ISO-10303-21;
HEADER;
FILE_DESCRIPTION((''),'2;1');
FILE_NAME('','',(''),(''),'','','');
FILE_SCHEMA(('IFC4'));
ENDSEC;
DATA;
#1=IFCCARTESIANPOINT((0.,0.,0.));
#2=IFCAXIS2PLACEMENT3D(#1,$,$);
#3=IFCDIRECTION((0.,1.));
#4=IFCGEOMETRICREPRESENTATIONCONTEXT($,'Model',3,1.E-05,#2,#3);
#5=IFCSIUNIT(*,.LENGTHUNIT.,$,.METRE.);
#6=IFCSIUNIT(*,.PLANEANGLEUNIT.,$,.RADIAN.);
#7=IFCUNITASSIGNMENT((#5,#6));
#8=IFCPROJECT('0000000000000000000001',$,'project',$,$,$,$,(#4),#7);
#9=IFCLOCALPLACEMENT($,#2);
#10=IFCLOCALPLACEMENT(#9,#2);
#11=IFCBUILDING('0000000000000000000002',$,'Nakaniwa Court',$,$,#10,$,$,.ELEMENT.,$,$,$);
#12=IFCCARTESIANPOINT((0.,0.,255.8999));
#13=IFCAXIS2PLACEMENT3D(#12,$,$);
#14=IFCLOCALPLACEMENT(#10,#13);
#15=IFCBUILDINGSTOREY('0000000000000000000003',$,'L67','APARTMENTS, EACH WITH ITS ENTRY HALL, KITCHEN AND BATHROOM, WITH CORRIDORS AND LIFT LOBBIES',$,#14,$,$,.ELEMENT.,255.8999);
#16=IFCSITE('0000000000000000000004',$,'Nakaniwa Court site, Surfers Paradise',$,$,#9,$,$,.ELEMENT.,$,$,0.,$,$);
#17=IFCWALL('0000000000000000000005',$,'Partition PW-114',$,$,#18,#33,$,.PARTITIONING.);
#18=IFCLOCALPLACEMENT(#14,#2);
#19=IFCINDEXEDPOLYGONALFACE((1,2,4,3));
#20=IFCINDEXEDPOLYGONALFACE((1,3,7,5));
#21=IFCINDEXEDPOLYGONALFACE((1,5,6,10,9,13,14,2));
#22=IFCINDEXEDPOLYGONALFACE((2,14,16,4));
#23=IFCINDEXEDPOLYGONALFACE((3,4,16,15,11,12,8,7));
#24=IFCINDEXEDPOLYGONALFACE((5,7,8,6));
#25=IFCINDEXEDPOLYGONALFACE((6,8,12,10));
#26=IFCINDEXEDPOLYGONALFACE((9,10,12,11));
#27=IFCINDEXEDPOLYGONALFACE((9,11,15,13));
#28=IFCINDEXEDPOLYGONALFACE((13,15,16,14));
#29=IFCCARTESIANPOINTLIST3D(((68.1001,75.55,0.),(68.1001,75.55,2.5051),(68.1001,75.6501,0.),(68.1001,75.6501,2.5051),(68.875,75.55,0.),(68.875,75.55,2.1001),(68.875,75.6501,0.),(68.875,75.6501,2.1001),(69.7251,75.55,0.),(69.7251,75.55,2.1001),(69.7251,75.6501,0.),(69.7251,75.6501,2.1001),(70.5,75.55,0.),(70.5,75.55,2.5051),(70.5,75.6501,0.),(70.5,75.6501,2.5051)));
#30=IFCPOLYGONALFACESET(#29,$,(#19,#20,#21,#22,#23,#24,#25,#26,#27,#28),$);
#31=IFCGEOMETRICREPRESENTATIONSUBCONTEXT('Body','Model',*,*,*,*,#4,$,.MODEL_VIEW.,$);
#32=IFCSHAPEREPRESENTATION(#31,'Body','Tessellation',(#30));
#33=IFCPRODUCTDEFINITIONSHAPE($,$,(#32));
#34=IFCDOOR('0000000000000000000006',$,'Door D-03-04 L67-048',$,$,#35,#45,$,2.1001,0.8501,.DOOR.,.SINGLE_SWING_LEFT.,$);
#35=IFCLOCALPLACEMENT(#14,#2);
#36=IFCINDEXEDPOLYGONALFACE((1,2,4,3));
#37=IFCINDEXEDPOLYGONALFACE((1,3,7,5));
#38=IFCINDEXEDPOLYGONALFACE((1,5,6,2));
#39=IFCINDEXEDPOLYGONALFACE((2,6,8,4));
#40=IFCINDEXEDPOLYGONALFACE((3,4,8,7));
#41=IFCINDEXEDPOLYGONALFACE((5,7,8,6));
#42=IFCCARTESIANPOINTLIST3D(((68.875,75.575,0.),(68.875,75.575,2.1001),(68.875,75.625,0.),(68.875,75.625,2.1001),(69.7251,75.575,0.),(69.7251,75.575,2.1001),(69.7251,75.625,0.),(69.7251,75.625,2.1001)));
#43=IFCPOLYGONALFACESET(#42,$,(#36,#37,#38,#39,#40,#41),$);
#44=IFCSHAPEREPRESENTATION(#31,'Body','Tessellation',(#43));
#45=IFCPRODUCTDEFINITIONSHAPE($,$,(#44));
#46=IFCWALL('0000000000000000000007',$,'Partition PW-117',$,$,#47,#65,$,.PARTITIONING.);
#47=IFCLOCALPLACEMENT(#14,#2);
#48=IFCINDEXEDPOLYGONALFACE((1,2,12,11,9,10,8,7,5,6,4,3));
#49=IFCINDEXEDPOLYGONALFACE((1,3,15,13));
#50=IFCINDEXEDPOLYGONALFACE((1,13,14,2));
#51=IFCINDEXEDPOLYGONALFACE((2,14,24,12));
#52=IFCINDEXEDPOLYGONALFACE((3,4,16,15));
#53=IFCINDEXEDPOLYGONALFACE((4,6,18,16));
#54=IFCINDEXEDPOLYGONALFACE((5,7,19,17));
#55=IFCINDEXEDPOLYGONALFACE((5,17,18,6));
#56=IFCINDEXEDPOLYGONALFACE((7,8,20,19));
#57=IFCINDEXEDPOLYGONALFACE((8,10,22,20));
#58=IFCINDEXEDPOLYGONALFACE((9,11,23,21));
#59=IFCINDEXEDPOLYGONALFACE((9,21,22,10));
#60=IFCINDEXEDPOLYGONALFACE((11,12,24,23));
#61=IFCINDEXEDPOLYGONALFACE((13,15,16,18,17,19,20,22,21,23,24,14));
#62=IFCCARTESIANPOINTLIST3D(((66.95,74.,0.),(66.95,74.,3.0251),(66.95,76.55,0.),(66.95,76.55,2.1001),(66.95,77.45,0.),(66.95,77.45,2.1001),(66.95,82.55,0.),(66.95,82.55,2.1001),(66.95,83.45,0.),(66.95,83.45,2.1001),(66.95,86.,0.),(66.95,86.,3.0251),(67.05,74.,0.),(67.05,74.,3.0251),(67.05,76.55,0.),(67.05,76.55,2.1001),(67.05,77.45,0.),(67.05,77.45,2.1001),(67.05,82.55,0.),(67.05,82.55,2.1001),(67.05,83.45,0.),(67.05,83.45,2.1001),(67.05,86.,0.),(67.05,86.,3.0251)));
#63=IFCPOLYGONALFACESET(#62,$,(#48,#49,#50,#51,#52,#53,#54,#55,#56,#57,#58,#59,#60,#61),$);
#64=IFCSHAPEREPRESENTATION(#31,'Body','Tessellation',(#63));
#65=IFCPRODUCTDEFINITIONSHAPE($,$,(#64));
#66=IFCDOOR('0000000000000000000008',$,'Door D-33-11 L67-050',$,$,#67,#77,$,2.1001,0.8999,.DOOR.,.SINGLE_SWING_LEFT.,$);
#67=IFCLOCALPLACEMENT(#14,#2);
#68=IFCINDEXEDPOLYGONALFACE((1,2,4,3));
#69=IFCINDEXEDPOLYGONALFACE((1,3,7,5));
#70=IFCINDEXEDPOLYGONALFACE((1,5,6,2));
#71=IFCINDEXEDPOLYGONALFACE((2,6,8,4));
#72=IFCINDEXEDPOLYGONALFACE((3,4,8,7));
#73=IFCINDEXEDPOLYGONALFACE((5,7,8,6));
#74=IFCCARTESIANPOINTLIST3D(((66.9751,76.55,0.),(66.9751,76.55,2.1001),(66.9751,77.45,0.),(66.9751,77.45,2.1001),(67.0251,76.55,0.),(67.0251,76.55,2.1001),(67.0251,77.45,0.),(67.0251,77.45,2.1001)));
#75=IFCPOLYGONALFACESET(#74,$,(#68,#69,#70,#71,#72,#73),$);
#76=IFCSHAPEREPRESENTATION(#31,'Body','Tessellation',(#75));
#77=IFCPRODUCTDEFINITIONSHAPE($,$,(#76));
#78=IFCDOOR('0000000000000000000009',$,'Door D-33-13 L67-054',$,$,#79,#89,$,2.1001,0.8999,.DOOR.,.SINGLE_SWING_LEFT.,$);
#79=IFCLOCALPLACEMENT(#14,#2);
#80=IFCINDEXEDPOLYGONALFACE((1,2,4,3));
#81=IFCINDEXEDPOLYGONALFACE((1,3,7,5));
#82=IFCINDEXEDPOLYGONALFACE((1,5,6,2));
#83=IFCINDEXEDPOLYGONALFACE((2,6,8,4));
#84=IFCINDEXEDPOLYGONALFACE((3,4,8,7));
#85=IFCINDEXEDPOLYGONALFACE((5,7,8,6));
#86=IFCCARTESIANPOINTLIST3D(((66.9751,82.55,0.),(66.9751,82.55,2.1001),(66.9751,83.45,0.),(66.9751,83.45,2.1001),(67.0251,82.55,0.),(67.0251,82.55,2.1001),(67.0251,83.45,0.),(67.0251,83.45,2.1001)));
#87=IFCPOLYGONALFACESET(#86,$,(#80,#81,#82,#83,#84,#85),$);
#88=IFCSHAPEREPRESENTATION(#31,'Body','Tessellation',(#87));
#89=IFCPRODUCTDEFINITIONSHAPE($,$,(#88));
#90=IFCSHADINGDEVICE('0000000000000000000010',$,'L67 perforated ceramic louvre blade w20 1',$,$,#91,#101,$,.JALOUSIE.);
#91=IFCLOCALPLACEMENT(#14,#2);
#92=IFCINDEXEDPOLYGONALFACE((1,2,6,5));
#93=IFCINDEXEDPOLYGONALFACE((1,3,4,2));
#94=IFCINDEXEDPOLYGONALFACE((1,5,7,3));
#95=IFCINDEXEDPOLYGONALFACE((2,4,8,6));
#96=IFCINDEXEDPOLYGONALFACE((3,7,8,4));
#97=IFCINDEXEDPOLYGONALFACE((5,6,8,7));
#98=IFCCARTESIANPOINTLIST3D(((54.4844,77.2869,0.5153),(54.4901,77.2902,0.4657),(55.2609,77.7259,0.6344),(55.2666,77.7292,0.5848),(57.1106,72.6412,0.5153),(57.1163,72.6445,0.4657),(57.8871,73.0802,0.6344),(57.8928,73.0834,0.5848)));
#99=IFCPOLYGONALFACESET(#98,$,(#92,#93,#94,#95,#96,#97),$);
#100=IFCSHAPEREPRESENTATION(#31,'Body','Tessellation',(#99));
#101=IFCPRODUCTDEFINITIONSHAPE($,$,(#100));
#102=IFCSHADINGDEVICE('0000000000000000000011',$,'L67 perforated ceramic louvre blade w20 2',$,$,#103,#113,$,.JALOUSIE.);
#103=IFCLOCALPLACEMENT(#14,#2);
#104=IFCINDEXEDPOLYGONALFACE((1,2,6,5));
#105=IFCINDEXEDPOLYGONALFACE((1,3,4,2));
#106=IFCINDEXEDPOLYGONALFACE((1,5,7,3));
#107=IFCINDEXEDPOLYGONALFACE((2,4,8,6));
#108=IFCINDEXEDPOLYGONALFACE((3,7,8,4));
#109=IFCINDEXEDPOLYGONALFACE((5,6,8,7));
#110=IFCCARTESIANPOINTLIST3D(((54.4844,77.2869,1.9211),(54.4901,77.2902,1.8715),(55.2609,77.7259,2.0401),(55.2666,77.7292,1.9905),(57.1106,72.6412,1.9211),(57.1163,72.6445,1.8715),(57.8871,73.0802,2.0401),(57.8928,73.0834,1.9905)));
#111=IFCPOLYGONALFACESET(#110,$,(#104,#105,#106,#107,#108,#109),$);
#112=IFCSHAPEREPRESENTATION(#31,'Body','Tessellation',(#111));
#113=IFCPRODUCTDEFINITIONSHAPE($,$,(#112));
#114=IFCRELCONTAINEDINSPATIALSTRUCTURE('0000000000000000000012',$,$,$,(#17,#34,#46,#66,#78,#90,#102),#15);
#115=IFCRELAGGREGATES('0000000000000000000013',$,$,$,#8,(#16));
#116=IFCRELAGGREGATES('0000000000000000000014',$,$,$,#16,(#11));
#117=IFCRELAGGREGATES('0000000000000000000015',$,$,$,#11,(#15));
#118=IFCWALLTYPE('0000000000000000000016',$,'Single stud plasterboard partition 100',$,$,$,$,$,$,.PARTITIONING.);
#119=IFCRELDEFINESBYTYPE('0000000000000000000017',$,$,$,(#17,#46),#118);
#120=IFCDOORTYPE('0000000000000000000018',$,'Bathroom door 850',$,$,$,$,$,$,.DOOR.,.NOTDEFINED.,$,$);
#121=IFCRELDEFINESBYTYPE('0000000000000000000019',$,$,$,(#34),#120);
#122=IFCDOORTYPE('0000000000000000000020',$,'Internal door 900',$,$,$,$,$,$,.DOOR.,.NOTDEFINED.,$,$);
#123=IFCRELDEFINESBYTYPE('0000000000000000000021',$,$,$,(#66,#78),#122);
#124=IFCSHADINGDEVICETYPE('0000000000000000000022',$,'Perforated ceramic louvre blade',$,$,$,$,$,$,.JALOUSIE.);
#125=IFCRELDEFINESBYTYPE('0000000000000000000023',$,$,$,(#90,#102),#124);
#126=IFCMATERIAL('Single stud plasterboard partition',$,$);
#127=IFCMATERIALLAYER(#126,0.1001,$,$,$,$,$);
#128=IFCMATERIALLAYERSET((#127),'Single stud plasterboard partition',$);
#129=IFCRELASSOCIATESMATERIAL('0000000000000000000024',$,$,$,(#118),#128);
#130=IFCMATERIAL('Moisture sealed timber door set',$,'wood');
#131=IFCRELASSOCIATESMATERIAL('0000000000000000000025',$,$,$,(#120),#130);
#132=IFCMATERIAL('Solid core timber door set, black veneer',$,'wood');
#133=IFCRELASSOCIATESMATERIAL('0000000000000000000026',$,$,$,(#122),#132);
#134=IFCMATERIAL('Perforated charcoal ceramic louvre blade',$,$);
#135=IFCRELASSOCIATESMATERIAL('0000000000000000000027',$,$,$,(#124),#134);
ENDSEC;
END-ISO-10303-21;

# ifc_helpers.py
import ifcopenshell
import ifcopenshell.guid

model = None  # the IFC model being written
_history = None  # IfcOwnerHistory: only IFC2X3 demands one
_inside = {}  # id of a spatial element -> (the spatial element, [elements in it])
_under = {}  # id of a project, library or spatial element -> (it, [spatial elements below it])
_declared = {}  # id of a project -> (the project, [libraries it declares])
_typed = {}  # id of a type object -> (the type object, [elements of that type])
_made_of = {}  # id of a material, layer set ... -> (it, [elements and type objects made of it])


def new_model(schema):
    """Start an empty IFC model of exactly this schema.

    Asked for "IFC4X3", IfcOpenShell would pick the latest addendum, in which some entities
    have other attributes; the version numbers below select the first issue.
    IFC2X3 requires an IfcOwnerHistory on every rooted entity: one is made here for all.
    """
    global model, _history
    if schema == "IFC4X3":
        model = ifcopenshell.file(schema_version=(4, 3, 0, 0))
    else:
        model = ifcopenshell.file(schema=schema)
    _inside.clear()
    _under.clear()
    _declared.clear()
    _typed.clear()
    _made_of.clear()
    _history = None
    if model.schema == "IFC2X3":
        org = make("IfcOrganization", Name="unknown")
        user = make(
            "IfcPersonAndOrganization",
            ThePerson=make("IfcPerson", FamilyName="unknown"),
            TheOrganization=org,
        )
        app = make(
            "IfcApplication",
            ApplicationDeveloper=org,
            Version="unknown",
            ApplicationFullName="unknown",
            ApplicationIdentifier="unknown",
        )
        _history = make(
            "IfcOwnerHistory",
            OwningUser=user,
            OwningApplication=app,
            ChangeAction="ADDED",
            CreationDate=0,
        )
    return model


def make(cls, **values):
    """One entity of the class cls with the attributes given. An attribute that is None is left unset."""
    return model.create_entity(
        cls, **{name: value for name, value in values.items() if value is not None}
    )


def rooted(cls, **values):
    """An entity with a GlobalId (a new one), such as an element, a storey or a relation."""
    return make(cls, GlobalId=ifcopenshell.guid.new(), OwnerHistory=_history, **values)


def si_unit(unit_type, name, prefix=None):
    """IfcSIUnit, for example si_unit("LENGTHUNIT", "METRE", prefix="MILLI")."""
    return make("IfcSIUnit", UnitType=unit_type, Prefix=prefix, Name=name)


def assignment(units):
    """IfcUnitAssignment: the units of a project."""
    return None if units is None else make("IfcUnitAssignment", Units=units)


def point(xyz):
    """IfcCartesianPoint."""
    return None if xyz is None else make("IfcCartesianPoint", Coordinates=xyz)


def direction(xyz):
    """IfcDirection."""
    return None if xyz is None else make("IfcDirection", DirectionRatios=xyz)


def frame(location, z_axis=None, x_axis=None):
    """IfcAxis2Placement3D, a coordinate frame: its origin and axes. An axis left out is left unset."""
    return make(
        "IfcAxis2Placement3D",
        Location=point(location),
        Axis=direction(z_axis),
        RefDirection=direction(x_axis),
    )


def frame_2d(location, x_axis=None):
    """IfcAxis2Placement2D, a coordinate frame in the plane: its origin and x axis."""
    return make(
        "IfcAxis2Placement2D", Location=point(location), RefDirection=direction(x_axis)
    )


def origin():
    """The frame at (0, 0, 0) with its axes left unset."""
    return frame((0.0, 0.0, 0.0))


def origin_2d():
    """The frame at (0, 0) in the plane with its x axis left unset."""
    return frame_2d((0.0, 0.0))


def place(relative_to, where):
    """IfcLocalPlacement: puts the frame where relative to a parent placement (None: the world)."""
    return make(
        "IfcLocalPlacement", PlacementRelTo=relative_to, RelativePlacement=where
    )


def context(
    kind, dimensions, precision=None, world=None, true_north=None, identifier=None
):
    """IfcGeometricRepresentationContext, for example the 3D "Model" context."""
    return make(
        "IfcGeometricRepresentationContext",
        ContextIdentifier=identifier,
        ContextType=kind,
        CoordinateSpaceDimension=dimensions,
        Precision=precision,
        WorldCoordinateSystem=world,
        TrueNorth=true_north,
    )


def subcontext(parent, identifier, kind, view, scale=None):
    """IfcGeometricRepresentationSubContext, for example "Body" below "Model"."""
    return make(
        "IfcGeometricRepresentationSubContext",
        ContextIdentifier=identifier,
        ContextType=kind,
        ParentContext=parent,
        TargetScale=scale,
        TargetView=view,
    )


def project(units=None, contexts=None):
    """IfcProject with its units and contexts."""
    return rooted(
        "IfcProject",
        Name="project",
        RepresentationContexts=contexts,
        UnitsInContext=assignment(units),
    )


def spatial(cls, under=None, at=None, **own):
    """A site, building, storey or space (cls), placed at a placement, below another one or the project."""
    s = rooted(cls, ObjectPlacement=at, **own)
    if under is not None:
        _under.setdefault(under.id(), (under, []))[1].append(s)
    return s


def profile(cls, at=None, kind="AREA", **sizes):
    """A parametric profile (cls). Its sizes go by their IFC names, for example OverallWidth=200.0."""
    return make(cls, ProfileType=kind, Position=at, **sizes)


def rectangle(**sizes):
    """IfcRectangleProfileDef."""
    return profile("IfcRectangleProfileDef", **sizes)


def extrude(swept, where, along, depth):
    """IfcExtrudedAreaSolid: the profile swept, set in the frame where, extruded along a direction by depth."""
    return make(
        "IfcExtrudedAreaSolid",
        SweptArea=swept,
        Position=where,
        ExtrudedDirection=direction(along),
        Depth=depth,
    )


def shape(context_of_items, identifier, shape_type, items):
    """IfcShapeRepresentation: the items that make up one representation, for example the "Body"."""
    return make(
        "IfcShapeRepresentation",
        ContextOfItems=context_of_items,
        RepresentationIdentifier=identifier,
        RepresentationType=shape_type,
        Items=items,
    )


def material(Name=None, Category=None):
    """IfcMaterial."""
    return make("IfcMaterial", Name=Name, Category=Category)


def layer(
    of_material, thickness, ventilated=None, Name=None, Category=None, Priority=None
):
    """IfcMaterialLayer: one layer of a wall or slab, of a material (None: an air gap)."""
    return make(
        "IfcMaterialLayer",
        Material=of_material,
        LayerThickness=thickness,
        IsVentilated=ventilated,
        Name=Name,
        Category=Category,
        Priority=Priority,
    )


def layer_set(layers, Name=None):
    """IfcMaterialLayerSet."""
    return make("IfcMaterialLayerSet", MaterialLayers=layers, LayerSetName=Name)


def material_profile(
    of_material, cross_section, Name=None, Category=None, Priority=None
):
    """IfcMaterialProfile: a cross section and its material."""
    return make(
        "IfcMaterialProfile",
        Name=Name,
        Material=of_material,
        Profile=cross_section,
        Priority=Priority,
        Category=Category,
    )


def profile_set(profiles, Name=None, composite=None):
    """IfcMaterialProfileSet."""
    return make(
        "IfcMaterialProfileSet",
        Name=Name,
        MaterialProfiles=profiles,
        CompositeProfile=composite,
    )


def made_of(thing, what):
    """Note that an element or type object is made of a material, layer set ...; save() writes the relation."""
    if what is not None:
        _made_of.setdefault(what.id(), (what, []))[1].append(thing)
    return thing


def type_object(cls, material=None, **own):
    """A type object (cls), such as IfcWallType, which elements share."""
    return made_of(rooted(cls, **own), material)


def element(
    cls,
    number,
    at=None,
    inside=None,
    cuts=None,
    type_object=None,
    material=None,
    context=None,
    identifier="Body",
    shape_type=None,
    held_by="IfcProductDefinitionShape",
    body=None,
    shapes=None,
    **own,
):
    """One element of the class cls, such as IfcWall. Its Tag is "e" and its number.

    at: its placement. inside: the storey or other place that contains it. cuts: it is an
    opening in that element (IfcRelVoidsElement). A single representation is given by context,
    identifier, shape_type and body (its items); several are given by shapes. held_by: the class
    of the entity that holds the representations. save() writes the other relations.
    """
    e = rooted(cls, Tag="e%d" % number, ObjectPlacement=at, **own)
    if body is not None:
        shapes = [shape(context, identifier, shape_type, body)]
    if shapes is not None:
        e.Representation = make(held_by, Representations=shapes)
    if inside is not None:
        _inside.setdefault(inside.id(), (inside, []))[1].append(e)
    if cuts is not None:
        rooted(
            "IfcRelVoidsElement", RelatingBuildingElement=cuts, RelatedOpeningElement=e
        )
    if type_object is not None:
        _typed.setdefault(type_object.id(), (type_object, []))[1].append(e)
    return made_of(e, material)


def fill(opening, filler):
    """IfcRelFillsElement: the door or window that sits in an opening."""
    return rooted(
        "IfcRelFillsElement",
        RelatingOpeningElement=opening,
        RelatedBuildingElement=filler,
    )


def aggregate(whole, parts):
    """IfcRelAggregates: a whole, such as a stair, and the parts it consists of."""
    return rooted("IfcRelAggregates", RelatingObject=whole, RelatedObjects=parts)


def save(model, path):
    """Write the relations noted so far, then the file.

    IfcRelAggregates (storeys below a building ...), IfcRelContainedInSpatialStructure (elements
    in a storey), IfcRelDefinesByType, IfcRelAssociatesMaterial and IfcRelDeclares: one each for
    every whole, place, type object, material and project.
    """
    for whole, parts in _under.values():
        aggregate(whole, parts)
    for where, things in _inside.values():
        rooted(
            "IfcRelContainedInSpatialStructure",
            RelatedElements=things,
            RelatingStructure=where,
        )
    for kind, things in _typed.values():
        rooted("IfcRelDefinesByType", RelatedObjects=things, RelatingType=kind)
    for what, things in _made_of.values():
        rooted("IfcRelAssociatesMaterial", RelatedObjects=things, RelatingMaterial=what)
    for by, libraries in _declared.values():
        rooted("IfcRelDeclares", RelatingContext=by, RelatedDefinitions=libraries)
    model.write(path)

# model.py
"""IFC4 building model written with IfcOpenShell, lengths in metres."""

from ifc_helpers import new_model, si_unit, direction, frame, frame_2d, origin, origin_2d, place, context, subcontext, project, spatial, rectangle, extrude, material, layer, layer_set, material_profile, profile_set, type_object, element, fill, save


model = new_model("IFC4")

# Units and contexts
model_context = context("Model", 3, precision=1e-05, world=origin(), true_north=direction((0.0, 1.0)))
body_context = subcontext(model_context, "Body", "Model", "MODEL_VIEW")
ifc_project = project(units=[si_unit("LENGTHUNIT", "METRE"), si_unit("PLANEANGLEUNIT", "RADIAN")], contexts=[model_context])

# Site, building, storey
site_placement = place(None, origin())
site = spatial("IfcSite", under=ifc_project, at=site_placement, Name="Nakaniwa Court site, Surfers Paradise", CompositionType="ELEMENT", RefElevation=0.0)
building_placement = place(site_placement, origin())
building = spatial("IfcBuilding", under=site, at=building_placement, Name="Nakaniwa Court", CompositionType="ELEMENT")
storey_placement = place(building_placement, frame((0.0, 0.0, 255.8999)))
storey = spatial("IfcBuildingStorey", under=building, at=storey_placement, Name="L67", Description="APARTMENTS, EACH WITH ITS ENTRY HALL, KITCHEN AND BATHROOM, WITH CORRIDORS AND LIFT LOBBIES", CompositionType="ELEMENT", Elevation=255.8999)

# Shared definitions
ifc_material_1 = material(Name="Single stud plasterboard partition")
ifc_layer_1 = layer(ifc_material_1, 0.1001)
ifc_layer_set_1 = layer_set([ifc_layer_1], Name="Single stud plasterboard partition")
wall_type_1 = type_object("IfcWallType", Name="Single stud plasterboard partition 100", PredefinedType="PARTITIONING", material=ifc_layer_set_1)

# Wall, opening, door
wall_1_placement = place(storey_placement, frame((68.1001, 75.6001, 0.0), z_axis=(0.0, 0.0, 1.0), x_axis=(1.0, 0.0, 0.0)))
wall_1 = element("IfcWall", 1, at=wall_1_placement, inside=storey, type_object=wall_type_1, Name="Partition PW-114", PredefinedType="PARTITIONING", context=body_context, shape_type="SweptSolid", body=[
    extrude(rectangle(XDim=2.3999, YDim=0.1001, at=frame_2d((1.2, 0.0))), origin(), (0.0, 0.0, 1.0), 2.5051),
])
opening_1_placement = place(wall_1_placement, frame((0.7749, 0.0, 0.0)))
opening_1 = element("IfcOpeningElement", 2, at=opening_1_placement, cuts=wall_1, PredefinedType="OPENING", context=body_context, shape_type="SweptSolid", body=[
    extrude(rectangle(XDim=0.8501, YDim=2.1001, at=frame_2d((0.425, 1.05))), frame((0.0, 0.0601, 0.0), z_axis=(0.0, -1.0, 0.0), x_axis=(1.0, 0.0, 0.0)), (0.0, 0.0, 1.0), 0.1201),
])
ifc_material_2 = material(Name="Moisture sealed timber door set", Category="wood")
door_type_1 = type_object("IfcDoorType", Name="Bathroom door 850", OperationType="NOTDEFINED", PredefinedType="DOOR", material=ifc_material_2)
door_1_placement = place(opening_1_placement, origin())
door_1 = element("IfcDoor", 3, at=door_1_placement, inside=storey, type_object=door_type_1, Name="Door D-03-04 L67-048", OperationType="SINGLE_SWING_LEFT", OverallHeight=2.1001, OverallWidth=0.8501, PredefinedType="DOOR", context=body_context, shape_type="SweptSolid", body=[
    extrude(rectangle(XDim=0.8501, YDim=2.1001, at=frame_2d((0.425, 1.05))), frame((0.0, 0.0249, 0.0), z_axis=(0.0, -1.0, 0.0), x_axis=(1.0, 0.0, 0.0)), (0.0, 0.0, 1.0), 0.05),
])
fill(opening_1, door_1)

# Wall, openings, doors
wall_2_placement = place(storey_placement, frame((67.0, 74.0, 0.0), z_axis=(0.0, 0.0, 1.0), x_axis=(0.0, 1.0, 0.0)))
wall_2 = element("IfcWall", 4, at=wall_2_placement, inside=storey, type_object=wall_type_1, Name="Partition PW-117", PredefinedType="PARTITIONING", context=body_context, shape_type="SweptSolid", body=[
    extrude(rectangle(XDim=12.0, YDim=0.1001, at=frame_2d((6.0, 0.0))), origin(), (0.0, 0.0, 1.0), 3.0251),
])
opening_2_placement = place(wall_2_placement, frame((2.55, 0.0, 0.0)))
opening_2 = element("IfcOpeningElement", 5, at=opening_2_placement, cuts=wall_2, PredefinedType="OPENING", context=body_context, shape_type="SweptSolid", body=[
    extrude(rectangle(XDim=0.8999, YDim=2.1001, at=frame_2d((0.45, 1.05))), frame((0.0, 0.0601, 0.0), z_axis=(0.0, -1.0, 0.0), x_axis=(1.0, 0.0, 0.0)), (0.0, 0.0, 1.0), 0.1201),
])
opening_3_placement = place(wall_2_placement, frame((8.55, 0.0, 0.0)))
opening_3 = element("IfcOpeningElement", 6, at=opening_3_placement, cuts=wall_2, PredefinedType="OPENING", context=body_context, shape_type="SweptSolid", body=[
    extrude(rectangle(XDim=0.8999, YDim=2.1001, at=frame_2d((0.45, 1.05))), frame((0.0, 0.0601, 0.0), z_axis=(0.0, -1.0, 0.0), x_axis=(1.0, 0.0, 0.0)), (0.0, 0.0, 1.0), 0.1201),
])
ifc_material_3 = material(Name="Solid core timber door set, black veneer", Category="wood")
door_type_2 = type_object("IfcDoorType", Name="Internal door 900", OperationType="NOTDEFINED", PredefinedType="DOOR", material=ifc_material_3)
door_2_placement = place(opening_2_placement, origin())
door_2 = element("IfcDoor", 7, at=door_2_placement, inside=storey, type_object=door_type_2, Name="Door D-33-11 L67-050", OperationType="SINGLE_SWING_LEFT", OverallHeight=2.1001, OverallWidth=0.8999, PredefinedType="DOOR", context=body_context, shape_type="SweptSolid", body=[
    extrude(rectangle(XDim=0.8999, YDim=2.1001, at=frame_2d((0.45, 1.05))), frame((0.0, 0.0249, 0.0), z_axis=(0.0, -1.0, 0.0), x_axis=(1.0, 0.0, 0.0)), (0.0, 0.0, 1.0), 0.05),
])
fill(opening_2, door_2)
door_3_placement = place(opening_3_placement, origin())
door_3 = element("IfcDoor", 8, at=door_3_placement, inside=storey, type_object=door_type_2, Name="Door D-33-13 L67-054", OperationType="SINGLE_SWING_LEFT", OverallHeight=2.1001, OverallWidth=0.8999, PredefinedType="DOOR", context=body_context, shape_type="SweptSolid", body=[
    extrude(rectangle(XDim=0.8999, YDim=2.1001, at=frame_2d((0.45, 1.05))), frame((0.0, 0.0249, 0.0), z_axis=(0.0, -1.0, 0.0), x_axis=(1.0, 0.0, 0.0)), (0.0, 0.0, 1.0), 0.05),
])
fill(opening_3, door_3)

# Shading devices
ifc_material_4 = material(Name="Perforated charcoal ceramic louvre blade")
ifc_material_profile_1 = material_profile(ifc_material_4, rectangle(XDim=0.8999, YDim=0.05, at=origin_2d()), Name="Perforated ceramic louvre blade")
ifc_profile_set_1 = profile_set([ifc_material_profile_1], Name="Perforated charcoal ceramic louvre blade")
shading_device_type = type_object("IfcShadingDeviceType", Name="Perforated ceramic louvre blade", PredefinedType="JALOUSIE", material=ifc_profile_set_1)
for number, where, z_axis, x_axis, name in (
    (9, (54.8755, 77.5081, 0.55), (0.492109, -0.870534, 0.0), (0.862887, 0.487786, 0.132256), "L67 perforated ceramic louvre blade w20 1"),
    (10, (54.8755, 77.5081, 1.9558), (0.492109, -0.870534, 0.0), (0.862887, 0.487786, 0.132256), "L67 perforated ceramic louvre blade w20 2"),
):
    element("IfcShadingDevice", number, at=place(storey_placement, frame(where, z_axis=z_axis, x_axis=x_axis)), inside=storey, type_object=shading_device_type, Name=name, PredefinedType="JALOUSIE", context=body_context, shape_type="SweptSolid", body=[
        extrude(rectangle(XDim=0.8999, YDim=0.05, at=origin_2d()), origin(), (0.0, 0.0, 1.0), 5.3367),
    ])

save(model, "model.ifc")
